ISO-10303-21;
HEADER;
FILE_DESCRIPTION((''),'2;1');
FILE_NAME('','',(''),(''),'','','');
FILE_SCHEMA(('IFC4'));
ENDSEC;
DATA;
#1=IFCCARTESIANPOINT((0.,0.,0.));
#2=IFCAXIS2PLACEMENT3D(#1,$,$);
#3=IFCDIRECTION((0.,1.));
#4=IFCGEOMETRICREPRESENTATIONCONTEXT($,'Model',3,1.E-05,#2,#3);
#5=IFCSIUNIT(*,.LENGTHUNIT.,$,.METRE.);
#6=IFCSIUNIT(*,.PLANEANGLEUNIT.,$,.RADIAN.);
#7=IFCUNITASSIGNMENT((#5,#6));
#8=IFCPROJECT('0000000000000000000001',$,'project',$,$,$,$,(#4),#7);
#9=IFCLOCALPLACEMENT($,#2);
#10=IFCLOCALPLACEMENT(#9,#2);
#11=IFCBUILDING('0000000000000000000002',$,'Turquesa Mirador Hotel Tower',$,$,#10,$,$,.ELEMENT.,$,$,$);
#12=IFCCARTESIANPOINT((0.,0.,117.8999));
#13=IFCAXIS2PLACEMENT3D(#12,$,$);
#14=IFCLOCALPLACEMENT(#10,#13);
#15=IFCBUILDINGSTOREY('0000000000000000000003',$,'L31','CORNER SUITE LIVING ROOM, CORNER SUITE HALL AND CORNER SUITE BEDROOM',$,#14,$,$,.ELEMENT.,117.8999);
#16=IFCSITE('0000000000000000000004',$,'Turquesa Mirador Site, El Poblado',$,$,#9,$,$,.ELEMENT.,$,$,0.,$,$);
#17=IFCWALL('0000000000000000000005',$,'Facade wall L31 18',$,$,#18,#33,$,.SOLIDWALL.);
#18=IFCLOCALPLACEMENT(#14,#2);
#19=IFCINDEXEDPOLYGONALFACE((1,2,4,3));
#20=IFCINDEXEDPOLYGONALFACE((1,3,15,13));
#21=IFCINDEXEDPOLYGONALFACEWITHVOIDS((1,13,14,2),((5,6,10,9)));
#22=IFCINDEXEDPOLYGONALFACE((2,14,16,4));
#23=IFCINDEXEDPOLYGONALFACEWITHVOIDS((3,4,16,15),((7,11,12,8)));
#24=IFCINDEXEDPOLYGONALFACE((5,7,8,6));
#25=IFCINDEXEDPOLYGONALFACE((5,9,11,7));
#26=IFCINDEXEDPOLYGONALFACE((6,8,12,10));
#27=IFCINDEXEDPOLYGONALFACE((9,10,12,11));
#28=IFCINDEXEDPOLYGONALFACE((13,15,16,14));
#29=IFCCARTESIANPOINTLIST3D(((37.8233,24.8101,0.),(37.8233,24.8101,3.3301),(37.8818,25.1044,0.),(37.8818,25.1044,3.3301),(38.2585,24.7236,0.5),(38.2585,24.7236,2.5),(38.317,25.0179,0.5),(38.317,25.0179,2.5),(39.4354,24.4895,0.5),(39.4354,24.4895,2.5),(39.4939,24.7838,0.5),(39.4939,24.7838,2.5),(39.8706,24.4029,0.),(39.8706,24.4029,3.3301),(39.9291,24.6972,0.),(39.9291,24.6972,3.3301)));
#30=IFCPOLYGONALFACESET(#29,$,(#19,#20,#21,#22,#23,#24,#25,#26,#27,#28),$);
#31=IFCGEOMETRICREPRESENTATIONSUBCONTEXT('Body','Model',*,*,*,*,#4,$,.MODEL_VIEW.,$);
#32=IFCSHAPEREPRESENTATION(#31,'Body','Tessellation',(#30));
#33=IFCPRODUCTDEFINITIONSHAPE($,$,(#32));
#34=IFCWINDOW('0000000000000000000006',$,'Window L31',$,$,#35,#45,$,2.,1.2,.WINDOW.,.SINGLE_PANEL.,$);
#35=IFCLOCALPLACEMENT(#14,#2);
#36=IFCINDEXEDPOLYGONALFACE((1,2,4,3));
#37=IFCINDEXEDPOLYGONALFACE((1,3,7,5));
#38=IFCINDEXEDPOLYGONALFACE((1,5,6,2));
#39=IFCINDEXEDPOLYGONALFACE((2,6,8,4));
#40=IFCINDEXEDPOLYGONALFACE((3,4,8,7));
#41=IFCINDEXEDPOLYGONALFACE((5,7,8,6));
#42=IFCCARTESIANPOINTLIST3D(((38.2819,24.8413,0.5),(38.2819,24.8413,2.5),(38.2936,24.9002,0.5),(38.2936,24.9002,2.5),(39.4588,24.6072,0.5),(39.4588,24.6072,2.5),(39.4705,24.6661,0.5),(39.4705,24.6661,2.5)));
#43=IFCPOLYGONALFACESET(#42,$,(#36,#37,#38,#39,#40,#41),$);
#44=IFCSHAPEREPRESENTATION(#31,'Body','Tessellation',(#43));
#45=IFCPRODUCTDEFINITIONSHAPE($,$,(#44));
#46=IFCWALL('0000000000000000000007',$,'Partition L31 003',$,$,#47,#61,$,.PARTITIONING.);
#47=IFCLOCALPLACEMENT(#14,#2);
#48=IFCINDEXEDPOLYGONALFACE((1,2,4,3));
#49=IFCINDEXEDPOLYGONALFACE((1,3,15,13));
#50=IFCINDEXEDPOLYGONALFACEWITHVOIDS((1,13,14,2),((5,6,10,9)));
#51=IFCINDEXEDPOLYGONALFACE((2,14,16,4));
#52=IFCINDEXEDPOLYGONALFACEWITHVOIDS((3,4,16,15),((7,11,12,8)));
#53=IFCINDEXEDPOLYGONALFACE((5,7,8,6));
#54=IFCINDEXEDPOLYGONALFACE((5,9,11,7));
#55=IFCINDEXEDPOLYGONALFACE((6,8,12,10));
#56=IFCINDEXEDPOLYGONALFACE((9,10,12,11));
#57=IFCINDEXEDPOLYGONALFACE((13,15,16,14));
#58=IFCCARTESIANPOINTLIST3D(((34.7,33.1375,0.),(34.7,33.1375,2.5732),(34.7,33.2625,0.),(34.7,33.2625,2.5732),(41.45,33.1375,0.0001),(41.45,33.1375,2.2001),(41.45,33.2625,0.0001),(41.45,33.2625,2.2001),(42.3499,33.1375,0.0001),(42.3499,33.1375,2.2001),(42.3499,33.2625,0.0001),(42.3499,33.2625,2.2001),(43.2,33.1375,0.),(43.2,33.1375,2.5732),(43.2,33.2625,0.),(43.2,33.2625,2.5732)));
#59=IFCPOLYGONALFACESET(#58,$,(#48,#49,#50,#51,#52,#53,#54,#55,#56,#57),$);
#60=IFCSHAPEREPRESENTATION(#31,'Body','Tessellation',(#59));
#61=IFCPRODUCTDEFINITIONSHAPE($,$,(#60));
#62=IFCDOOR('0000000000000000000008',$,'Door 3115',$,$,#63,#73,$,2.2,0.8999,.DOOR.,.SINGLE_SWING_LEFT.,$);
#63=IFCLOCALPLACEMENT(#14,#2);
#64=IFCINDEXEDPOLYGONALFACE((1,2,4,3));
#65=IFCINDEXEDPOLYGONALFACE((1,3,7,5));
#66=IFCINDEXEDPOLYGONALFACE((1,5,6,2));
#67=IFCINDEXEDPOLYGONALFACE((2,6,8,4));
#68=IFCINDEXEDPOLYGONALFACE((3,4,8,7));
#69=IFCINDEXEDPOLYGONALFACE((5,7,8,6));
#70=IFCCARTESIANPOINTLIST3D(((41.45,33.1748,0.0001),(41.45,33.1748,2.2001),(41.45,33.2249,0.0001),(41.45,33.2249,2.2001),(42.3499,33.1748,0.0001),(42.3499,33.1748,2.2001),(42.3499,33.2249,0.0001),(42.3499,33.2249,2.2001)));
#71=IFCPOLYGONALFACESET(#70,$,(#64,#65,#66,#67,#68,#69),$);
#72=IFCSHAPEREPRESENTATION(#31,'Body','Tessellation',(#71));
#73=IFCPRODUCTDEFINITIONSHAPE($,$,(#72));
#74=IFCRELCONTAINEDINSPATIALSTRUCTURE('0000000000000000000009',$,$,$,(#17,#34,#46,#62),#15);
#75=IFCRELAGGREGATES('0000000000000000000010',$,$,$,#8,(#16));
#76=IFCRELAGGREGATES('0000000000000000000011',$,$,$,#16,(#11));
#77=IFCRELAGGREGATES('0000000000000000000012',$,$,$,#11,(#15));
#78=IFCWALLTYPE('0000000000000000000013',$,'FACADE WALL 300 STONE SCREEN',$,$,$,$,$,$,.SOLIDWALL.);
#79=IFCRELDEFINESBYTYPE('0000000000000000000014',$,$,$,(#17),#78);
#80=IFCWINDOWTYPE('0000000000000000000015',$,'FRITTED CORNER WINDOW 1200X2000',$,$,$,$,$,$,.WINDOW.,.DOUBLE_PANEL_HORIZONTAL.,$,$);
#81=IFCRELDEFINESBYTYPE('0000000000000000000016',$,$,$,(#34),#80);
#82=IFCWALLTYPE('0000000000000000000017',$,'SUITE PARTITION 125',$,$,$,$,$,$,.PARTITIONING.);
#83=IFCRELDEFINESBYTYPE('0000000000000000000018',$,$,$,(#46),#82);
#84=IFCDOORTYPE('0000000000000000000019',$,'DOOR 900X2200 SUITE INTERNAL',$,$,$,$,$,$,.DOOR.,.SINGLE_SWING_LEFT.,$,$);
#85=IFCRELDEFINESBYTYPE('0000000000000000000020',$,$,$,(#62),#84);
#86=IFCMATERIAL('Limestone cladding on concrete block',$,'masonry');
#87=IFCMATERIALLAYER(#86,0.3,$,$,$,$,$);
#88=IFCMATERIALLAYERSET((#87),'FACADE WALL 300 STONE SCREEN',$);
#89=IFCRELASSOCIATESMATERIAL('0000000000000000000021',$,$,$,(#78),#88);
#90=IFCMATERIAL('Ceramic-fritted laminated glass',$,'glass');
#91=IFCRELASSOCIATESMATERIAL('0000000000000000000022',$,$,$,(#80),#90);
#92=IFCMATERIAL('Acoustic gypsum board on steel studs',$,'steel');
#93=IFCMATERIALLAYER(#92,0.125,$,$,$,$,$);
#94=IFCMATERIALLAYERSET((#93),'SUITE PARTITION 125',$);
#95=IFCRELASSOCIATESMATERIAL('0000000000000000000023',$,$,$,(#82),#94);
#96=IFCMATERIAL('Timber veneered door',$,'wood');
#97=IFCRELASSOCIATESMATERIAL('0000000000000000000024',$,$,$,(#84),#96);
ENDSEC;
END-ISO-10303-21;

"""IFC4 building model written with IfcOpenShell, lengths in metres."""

from ifc_helpers import new_model, si_unit, direction, frame, frame_2d, origin, place, context, subcontext, project, spatial, rectangle, extrude, material, layer, layer_set, type_object, element, fill, save


model = new_model("IFC4")

# Units and contexts
model_context = context("Model", 3, precision=1e-05, world=origin(), true_north=direction((0.0, 1.0)))
body_context = subcontext(model_context, "Body", "Model", "MODEL_VIEW")
ifc_project = project(units=[si_unit("LENGTHUNIT", "METRE"), si_unit("PLANEANGLEUNIT", "RADIAN")], contexts=[model_context])

# Site, building, storey
site_placement = place(None, origin())
site = spatial("IfcSite", under=ifc_project, at=site_placement, Name="Turquesa Mirador Site, El Poblado", CompositionType="ELEMENT", RefElevation=0.0)
building_placement = place(site_placement, origin())
building = spatial("IfcBuilding", under=site, at=building_placement, Name="Turquesa Mirador Hotel Tower", CompositionType="ELEMENT")
storey_placement = place(building_placement, frame((0.0, 0.0, 117.8999)))
storey = spatial("IfcBuildingStorey", under=building, at=storey_placement, Name="L31", Description="CORNER SUITE LIVING ROOM, CORNER SUITE HALL AND CORNER SUITE BEDROOM", CompositionType="ELEMENT", Elevation=117.8999)

# Wall, opening, window
ifc_material_1 = material(Name="Limestone cladding on concrete block", Category="masonry")
ifc_layer_1 = layer(ifc_material_1, 0.3)
ifc_layer_set_1 = layer_set([ifc_layer_1], Name="FACADE WALL 300 STONE SCREEN")
wall_type_1 = type_object("IfcWallType", Name="FACADE WALL 300 STONE SCREEN", PredefinedType="SOLIDWALL", material=ifc_layer_set_1)
ifc_material_2 = material(Name="Ceramic-fritted laminated glass", Category="glass")
window_type_1 = type_object("IfcWindowType", Name="FRITTED CORNER WINDOW 1200X2000", PartitioningType="DOUBLE_PANEL_HORIZONTAL", PredefinedType="WINDOW", material=ifc_material_2)
wall_1_placement = place(storey_placement, frame((37.8525, 24.9573, 0.0), z_axis=(0.0, 0.0, 1.0), x_axis=(0.980787, -0.195081, 0.0)))
wall_1 = element("IfcWall", 1, at=wall_1_placement, inside=storey, type_object=wall_type_1, Name="Facade wall L31 18", PredefinedType="SOLIDWALL", context=body_context, shape_type="SweptSolid", body=[
    extrude(rectangle(XDim=2.0874, YDim=0.3, at=frame_2d((1.0437, 0.0))), origin(), (0.0, 0.0, 1.0), 3.3301),
])
opening_1_placement = place(wall_1_placement, frame((0.4436, 0.0, 0.5)))
opening_1 = element("IfcOpeningElement", 2, at=opening_1_placement, cuts=wall_1, PredefinedType="OPENING", context=body_context, shape_type="SweptSolid", body=[
    extrude(rectangle(XDim=1.2, YDim=2.0, at=frame_2d((0.6001, 1.0))), frame((0.0, 0.1599, 0.0), z_axis=(0.0, -1.0, 0.0), x_axis=(1.0, 0.0, 0.0)), (0.0, 0.0, 1.0), 0.3201),
])
window_1_placement = place(opening_1_placement, origin())
window_1 = element("IfcWindow", 3, at=window_1_placement, inside=storey, type_object=window_type_1, Name="Window L31", OverallHeight=2.0, OverallWidth=1.2, PartitioningType="SINGLE_PANEL", PredefinedType="WINDOW", context=body_context, shape_type="SweptSolid", body=[
    extrude(rectangle(XDim=1.2, YDim=2.0, at=frame_2d((0.6001, 1.0))), frame((0.0, 0.03, 0.0), z_axis=(0.0, -1.0, 0.0), x_axis=(1.0, 0.0, 0.0)), (0.0, 0.0, 1.0), 0.0601),
])
fill(opening_1, window_1)

# Wall, opening, door
ifc_material_3 = material(Name="Acoustic gypsum board on steel studs", Category="steel")
ifc_layer_2 = layer(ifc_material_3, 0.125)
ifc_layer_set_2 = layer_set([ifc_layer_2], Name="SUITE PARTITION 125")
wall_type_2 = type_object("IfcWallType", Name="SUITE PARTITION 125", PredefinedType="PARTITIONING", material=ifc_layer_set_2)
wall_2_placement = place(storey_placement, frame((34.7, 33.2, 0.0), z_axis=(0.0, 0.0, 1.0), x_axis=(1.0, 0.0, 0.0)))
wall_2 = element("IfcWall", 4, at=wall_2_placement, inside=storey, type_object=wall_type_2, Name="Partition L31 003", PredefinedType="PARTITIONING", context=body_context, shape_type="SweptSolid", body=[
    extrude(rectangle(XDim=8.5, YDim=0.125, at=frame_2d((4.25, 0.0))), origin(), (0.0, 0.0, 1.0), 2.5732),
])
opening_2_placement = place(wall_2_placement, frame((6.75, 0.0, 0.0)))
opening_2 = element("IfcOpeningElement", 5, at=opening_2_placement, cuts=wall_2, PredefinedType="OPENING", context=body_context, shape_type="SweptSolid", body=[
    extrude(rectangle(XDim=0.8999, YDim=2.2, at=frame_2d((0.45, 1.1001))), frame((0.0, 0.0725, 0.0), z_axis=(0.0, -1.0, 0.0), x_axis=(1.0, 0.0, 0.0)), (0.0, 0.0, 1.0), 0.145),
])
ifc_material_4 = material(Name="Timber veneered door", Category="wood")
door_type = type_object("IfcDoorType", Name="DOOR 900X2200 SUITE INTERNAL", OperationType="SINGLE_SWING_LEFT", PredefinedType="DOOR", material=ifc_material_4)
door_placement = place(opening_2_placement, origin())
door = element("IfcDoor", 6, at=door_placement, inside=storey, type_object=door_type, Name="Door 3115", OperationType="SINGLE_SWING_LEFT", OverallHeight=2.2, OverallWidth=0.8999, PredefinedType="DOOR", context=body_context, shape_type="SweptSolid", body=[
    extrude(rectangle(XDim=0.8999, YDim=2.2, at=frame_2d((0.45, 1.1001))), frame((0.0, 0.0249, 0.0), z_axis=(0.0, -1.0, 0.0), x_axis=(1.0, 0.0, 0.0)), (0.0, 0.0, 1.0), 0.05),
])
fill(opening_2, door)

save(model, "model.ifc")
